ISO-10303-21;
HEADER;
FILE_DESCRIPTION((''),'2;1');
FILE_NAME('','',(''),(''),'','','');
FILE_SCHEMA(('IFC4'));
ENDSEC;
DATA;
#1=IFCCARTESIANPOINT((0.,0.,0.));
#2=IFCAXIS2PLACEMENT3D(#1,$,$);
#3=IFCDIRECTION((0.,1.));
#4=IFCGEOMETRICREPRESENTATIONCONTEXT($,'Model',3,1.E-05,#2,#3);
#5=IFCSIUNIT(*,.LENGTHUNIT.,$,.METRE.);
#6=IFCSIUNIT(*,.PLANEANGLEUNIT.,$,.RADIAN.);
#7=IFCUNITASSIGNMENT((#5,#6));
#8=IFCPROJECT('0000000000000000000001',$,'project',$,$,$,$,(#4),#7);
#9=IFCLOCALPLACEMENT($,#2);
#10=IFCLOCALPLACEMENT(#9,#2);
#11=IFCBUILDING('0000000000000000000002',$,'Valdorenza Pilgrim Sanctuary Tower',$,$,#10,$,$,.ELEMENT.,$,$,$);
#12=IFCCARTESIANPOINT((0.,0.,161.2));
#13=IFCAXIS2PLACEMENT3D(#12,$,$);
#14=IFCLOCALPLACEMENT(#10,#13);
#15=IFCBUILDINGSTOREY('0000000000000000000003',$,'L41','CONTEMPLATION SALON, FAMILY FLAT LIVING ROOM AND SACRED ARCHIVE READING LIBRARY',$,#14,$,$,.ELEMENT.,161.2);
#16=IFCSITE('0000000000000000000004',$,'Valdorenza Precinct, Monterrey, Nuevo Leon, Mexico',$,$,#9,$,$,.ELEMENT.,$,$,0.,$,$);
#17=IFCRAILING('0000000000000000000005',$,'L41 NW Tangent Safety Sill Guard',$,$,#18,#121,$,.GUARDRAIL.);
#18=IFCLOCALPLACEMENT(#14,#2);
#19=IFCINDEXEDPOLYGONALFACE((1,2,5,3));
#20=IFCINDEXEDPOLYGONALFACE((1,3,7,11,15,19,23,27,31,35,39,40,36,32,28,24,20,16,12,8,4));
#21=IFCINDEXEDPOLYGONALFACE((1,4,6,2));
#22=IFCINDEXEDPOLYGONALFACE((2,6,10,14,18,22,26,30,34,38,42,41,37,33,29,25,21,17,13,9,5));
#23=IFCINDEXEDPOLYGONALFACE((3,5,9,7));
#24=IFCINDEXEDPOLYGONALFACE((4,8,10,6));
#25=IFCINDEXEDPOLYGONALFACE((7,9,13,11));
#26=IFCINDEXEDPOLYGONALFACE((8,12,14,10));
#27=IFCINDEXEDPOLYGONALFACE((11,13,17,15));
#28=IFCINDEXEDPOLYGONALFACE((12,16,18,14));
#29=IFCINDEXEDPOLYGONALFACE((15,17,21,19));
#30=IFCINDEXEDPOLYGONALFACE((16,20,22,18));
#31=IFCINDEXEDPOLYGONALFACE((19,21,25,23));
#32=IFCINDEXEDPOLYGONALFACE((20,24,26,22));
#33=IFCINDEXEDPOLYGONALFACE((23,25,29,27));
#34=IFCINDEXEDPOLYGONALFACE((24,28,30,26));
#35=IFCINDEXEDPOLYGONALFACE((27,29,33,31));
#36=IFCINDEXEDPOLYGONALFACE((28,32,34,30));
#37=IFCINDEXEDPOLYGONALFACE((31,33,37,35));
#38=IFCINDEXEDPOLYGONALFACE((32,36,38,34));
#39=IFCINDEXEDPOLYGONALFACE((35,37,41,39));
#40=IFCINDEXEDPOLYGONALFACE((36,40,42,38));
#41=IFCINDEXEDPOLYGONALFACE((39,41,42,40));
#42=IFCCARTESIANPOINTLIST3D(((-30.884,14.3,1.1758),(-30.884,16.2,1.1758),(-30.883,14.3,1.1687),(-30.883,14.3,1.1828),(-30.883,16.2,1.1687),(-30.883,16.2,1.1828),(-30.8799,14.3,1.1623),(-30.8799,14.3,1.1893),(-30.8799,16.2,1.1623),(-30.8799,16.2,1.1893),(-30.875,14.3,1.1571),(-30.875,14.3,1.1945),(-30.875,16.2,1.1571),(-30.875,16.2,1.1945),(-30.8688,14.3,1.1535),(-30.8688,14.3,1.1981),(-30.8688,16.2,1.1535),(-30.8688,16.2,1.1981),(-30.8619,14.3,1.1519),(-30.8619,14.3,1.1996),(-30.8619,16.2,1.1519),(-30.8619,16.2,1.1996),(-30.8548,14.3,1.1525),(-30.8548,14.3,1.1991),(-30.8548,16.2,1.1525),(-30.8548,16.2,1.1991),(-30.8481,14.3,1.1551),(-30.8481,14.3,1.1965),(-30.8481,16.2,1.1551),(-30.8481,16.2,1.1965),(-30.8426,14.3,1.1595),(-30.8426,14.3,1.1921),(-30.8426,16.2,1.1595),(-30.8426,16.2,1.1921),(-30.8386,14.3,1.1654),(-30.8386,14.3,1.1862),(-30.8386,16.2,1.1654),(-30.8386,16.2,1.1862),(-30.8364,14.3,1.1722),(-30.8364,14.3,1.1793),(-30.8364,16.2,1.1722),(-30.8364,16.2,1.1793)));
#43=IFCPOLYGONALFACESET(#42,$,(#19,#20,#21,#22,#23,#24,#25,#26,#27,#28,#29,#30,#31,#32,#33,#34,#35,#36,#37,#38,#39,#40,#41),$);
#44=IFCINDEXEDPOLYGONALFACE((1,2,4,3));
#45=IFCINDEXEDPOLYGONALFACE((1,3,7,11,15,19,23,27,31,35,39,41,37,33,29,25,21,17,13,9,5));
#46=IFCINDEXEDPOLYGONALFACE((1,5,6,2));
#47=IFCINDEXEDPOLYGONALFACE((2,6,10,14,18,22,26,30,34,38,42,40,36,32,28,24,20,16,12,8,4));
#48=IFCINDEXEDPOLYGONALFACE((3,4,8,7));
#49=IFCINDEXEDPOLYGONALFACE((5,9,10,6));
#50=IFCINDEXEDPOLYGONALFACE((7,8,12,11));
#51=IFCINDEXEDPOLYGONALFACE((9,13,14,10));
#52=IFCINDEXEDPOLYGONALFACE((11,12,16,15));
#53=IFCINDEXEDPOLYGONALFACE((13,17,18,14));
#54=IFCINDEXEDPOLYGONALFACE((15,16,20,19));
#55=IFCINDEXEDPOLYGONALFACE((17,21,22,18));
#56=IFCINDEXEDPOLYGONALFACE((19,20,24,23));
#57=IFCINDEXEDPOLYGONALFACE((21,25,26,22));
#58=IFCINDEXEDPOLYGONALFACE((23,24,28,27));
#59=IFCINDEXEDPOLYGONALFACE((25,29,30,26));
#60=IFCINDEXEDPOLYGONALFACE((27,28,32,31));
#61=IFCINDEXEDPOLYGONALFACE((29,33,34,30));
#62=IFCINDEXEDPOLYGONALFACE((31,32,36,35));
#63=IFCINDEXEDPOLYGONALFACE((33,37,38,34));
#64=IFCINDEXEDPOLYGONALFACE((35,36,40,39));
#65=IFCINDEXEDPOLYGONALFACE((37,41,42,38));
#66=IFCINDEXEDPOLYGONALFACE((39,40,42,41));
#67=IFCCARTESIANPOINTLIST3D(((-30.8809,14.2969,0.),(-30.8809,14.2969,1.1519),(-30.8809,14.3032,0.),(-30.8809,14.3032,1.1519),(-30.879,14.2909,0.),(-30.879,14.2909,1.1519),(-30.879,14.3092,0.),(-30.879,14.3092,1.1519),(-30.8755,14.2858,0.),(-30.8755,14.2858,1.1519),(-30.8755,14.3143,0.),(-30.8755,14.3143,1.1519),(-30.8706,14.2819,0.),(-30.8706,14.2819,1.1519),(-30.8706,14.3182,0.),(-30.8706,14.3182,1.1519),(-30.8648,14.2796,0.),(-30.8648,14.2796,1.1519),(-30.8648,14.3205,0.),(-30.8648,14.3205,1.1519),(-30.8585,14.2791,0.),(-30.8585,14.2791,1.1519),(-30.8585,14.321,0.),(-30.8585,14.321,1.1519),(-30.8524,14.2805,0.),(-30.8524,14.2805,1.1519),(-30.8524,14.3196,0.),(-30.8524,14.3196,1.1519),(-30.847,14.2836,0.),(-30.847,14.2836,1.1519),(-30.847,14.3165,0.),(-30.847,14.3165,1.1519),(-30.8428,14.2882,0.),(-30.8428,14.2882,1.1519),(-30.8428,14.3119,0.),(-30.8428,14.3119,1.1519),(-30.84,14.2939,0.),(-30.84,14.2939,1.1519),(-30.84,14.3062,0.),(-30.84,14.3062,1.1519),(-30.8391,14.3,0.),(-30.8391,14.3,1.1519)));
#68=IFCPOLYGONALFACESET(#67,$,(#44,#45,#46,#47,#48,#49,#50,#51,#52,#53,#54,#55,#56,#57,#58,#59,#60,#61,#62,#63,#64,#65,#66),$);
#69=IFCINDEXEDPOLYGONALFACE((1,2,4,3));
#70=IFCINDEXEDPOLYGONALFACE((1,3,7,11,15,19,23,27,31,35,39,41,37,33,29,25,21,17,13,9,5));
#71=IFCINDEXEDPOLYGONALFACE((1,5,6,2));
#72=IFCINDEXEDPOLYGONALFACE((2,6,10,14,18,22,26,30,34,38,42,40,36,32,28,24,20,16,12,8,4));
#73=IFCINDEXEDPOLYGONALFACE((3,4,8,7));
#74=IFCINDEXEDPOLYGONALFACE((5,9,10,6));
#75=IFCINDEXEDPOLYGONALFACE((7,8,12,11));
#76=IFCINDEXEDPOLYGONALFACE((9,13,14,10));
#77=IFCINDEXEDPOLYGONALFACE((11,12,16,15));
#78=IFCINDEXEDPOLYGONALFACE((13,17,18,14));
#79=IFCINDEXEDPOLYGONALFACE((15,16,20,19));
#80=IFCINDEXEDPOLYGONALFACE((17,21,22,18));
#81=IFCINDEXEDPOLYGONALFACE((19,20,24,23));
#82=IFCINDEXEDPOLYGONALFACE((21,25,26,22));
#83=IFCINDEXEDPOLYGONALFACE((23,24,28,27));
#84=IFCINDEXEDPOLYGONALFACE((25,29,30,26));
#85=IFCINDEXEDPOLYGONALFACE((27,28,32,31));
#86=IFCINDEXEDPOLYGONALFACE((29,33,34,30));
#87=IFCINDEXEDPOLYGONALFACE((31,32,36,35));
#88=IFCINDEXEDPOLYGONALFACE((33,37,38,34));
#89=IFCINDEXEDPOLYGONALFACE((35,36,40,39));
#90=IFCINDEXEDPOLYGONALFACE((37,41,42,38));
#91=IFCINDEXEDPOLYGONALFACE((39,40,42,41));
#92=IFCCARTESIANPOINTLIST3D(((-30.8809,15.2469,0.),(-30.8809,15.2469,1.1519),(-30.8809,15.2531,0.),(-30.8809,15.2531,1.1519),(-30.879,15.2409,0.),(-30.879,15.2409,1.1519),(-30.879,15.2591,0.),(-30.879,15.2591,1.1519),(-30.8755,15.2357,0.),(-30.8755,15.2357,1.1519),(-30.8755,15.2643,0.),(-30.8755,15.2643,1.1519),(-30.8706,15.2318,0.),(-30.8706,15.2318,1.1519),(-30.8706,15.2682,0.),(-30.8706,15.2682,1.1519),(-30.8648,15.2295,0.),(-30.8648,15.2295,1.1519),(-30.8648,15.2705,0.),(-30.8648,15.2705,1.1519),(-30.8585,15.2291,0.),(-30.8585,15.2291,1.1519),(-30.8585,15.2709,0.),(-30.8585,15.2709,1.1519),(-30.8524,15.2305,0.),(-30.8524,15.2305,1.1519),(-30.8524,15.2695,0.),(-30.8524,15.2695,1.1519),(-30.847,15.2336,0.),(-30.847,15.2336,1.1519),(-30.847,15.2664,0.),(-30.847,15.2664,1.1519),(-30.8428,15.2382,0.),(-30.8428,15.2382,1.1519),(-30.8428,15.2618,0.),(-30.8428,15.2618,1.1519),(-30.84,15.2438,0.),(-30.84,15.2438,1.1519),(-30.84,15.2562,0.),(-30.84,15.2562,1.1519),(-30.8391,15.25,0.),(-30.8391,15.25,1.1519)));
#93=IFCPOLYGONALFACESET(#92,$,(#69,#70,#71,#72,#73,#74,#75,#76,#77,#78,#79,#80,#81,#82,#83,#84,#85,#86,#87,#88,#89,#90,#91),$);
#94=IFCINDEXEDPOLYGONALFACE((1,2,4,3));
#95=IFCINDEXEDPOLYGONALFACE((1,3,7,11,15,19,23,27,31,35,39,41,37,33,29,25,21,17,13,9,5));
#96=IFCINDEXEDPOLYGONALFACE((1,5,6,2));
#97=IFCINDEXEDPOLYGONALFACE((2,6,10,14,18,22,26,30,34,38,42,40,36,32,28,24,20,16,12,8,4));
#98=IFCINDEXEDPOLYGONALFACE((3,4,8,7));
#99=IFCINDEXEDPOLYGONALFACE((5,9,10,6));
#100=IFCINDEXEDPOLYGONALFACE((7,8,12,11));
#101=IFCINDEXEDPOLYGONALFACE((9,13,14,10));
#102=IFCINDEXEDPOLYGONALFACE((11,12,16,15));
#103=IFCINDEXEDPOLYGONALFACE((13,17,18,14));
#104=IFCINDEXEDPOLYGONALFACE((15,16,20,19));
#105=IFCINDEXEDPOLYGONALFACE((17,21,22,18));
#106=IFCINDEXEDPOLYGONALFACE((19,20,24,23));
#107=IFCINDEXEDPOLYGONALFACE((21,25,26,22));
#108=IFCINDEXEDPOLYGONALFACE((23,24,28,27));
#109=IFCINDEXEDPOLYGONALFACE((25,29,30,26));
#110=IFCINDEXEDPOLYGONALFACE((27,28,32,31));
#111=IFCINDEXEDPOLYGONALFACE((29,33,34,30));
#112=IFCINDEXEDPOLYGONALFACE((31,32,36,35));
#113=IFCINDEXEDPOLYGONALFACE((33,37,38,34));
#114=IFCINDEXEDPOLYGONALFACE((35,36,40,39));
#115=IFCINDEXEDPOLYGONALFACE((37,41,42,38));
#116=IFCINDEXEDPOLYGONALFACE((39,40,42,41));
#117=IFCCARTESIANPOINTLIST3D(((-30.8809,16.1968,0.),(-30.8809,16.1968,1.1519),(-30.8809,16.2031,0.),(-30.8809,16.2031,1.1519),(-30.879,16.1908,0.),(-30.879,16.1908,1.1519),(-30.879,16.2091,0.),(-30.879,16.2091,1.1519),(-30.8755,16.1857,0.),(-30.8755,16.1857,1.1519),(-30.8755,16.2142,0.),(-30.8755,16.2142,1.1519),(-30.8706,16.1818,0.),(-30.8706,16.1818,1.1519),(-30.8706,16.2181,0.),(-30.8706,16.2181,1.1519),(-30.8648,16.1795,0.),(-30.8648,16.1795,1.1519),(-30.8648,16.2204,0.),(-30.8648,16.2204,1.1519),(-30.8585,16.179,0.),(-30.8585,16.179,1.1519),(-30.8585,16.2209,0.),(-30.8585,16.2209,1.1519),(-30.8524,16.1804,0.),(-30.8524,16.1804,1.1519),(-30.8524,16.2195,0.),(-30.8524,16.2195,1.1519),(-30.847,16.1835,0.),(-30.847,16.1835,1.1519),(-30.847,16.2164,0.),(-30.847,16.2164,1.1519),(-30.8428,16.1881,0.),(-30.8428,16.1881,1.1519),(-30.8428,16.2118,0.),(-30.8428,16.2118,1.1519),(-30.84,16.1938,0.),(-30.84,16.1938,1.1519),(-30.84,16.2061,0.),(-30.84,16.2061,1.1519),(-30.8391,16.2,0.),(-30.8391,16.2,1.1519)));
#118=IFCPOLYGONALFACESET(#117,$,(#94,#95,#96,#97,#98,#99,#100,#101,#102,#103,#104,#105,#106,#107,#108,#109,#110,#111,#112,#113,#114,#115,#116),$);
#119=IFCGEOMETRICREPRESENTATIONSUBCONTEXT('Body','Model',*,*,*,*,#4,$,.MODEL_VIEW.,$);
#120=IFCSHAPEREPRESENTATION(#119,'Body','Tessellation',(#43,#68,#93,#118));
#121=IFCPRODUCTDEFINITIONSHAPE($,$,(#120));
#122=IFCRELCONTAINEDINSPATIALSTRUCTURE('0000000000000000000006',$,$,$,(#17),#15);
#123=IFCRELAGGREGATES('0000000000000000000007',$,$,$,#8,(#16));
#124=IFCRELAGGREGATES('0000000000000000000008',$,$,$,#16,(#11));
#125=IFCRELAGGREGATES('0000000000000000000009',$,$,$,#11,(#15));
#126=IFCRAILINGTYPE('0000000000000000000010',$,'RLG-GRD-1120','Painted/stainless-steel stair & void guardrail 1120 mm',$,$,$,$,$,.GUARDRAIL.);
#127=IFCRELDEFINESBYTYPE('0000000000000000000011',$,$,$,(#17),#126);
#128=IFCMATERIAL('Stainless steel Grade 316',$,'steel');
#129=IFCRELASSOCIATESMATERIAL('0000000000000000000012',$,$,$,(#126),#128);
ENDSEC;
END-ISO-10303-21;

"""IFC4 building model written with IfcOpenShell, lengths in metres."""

from ifc_helpers import new_model, si_unit, direction, frame, origin, origin_2d, place, context, subcontext, project, spatial, circle, extrude, material, type_object, element, save


model = new_model("IFC4")

# Units and contexts
model_context = context("Model", 3, precision=1e-05, world=origin(), true_north=direction((0.0, 1.0)))
body_context = subcontext(model_context, "Body", "Model", "MODEL_VIEW")
ifc_project = project(units=[si_unit("LENGTHUNIT", "METRE"), si_unit("PLANEANGLEUNIT", "RADIAN")], contexts=[model_context])

# Site, building, storey
site_placement = place(None, origin())
site = spatial("IfcSite", under=ifc_project, at=site_placement, Name="Valdorenza Precinct, Monterrey, Nuevo Leon, Mexico", CompositionType="ELEMENT", RefElevation=0.0)
building_placement = place(site_placement, origin())
building = spatial("IfcBuilding", under=site, at=building_placement, Name="Valdorenza Pilgrim Sanctuary Tower", CompositionType="ELEMENT")
storey_placement = place(building_placement, frame((0.0, 0.0, 161.2)))
storey = spatial("IfcBuildingStorey", under=building, at=storey_placement, Name="L41", Description="CONTEMPLATION SALON, FAMILY FLAT LIVING ROOM AND SACRED ARCHIVE READING LIBRARY", CompositionType="ELEMENT", Elevation=161.2)

# Railing
ifc_material_1 = material(Name="Stainless steel Grade 316", Category="steel")
railing_type = type_object("IfcRailingType", Name="RLG-GRD-1120", Description="Painted/stainless-steel stair & void guardrail 1120 mm", PredefinedType="GUARDRAIL", material=ifc_material_1)
railing_placement = place(storey_placement, frame((-30.8601, 14.3, 0.0)))
element("IfcRailing", 1, at=railing_placement, inside=storey, type_object=railing_type, Name="L41 NW Tangent Safety Sill Guard", PredefinedType="GUARDRAIL", context=body_context, shape_type="SweptSolid", body=[
    extrude(circle(Radius=0.0239, at=origin_2d()), frame((0.0, 0.0, 1.1758), z_axis=(0.0, 1.0, 0.0), x_axis=(-1.0, 0.0, 0.0)), (0.0, 0.0, 1.0), 1.8999),
    extrude(circle(Radius=0.021, at=origin_2d()), origin(), (0.0, 0.0, 1.0), 1.1519),
    extrude(circle(Radius=0.021, at=origin_2d()), frame((0.0, 0.95, 0.0)), (0.0, 0.0, 1.0), 1.1519),
    extrude(circle(Radius=0.021, at=origin_2d()), frame((0.0, 1.8999, 0.0)), (0.0, 0.0, 1.0), 1.1519),
])

save(model, "model.ifc")
